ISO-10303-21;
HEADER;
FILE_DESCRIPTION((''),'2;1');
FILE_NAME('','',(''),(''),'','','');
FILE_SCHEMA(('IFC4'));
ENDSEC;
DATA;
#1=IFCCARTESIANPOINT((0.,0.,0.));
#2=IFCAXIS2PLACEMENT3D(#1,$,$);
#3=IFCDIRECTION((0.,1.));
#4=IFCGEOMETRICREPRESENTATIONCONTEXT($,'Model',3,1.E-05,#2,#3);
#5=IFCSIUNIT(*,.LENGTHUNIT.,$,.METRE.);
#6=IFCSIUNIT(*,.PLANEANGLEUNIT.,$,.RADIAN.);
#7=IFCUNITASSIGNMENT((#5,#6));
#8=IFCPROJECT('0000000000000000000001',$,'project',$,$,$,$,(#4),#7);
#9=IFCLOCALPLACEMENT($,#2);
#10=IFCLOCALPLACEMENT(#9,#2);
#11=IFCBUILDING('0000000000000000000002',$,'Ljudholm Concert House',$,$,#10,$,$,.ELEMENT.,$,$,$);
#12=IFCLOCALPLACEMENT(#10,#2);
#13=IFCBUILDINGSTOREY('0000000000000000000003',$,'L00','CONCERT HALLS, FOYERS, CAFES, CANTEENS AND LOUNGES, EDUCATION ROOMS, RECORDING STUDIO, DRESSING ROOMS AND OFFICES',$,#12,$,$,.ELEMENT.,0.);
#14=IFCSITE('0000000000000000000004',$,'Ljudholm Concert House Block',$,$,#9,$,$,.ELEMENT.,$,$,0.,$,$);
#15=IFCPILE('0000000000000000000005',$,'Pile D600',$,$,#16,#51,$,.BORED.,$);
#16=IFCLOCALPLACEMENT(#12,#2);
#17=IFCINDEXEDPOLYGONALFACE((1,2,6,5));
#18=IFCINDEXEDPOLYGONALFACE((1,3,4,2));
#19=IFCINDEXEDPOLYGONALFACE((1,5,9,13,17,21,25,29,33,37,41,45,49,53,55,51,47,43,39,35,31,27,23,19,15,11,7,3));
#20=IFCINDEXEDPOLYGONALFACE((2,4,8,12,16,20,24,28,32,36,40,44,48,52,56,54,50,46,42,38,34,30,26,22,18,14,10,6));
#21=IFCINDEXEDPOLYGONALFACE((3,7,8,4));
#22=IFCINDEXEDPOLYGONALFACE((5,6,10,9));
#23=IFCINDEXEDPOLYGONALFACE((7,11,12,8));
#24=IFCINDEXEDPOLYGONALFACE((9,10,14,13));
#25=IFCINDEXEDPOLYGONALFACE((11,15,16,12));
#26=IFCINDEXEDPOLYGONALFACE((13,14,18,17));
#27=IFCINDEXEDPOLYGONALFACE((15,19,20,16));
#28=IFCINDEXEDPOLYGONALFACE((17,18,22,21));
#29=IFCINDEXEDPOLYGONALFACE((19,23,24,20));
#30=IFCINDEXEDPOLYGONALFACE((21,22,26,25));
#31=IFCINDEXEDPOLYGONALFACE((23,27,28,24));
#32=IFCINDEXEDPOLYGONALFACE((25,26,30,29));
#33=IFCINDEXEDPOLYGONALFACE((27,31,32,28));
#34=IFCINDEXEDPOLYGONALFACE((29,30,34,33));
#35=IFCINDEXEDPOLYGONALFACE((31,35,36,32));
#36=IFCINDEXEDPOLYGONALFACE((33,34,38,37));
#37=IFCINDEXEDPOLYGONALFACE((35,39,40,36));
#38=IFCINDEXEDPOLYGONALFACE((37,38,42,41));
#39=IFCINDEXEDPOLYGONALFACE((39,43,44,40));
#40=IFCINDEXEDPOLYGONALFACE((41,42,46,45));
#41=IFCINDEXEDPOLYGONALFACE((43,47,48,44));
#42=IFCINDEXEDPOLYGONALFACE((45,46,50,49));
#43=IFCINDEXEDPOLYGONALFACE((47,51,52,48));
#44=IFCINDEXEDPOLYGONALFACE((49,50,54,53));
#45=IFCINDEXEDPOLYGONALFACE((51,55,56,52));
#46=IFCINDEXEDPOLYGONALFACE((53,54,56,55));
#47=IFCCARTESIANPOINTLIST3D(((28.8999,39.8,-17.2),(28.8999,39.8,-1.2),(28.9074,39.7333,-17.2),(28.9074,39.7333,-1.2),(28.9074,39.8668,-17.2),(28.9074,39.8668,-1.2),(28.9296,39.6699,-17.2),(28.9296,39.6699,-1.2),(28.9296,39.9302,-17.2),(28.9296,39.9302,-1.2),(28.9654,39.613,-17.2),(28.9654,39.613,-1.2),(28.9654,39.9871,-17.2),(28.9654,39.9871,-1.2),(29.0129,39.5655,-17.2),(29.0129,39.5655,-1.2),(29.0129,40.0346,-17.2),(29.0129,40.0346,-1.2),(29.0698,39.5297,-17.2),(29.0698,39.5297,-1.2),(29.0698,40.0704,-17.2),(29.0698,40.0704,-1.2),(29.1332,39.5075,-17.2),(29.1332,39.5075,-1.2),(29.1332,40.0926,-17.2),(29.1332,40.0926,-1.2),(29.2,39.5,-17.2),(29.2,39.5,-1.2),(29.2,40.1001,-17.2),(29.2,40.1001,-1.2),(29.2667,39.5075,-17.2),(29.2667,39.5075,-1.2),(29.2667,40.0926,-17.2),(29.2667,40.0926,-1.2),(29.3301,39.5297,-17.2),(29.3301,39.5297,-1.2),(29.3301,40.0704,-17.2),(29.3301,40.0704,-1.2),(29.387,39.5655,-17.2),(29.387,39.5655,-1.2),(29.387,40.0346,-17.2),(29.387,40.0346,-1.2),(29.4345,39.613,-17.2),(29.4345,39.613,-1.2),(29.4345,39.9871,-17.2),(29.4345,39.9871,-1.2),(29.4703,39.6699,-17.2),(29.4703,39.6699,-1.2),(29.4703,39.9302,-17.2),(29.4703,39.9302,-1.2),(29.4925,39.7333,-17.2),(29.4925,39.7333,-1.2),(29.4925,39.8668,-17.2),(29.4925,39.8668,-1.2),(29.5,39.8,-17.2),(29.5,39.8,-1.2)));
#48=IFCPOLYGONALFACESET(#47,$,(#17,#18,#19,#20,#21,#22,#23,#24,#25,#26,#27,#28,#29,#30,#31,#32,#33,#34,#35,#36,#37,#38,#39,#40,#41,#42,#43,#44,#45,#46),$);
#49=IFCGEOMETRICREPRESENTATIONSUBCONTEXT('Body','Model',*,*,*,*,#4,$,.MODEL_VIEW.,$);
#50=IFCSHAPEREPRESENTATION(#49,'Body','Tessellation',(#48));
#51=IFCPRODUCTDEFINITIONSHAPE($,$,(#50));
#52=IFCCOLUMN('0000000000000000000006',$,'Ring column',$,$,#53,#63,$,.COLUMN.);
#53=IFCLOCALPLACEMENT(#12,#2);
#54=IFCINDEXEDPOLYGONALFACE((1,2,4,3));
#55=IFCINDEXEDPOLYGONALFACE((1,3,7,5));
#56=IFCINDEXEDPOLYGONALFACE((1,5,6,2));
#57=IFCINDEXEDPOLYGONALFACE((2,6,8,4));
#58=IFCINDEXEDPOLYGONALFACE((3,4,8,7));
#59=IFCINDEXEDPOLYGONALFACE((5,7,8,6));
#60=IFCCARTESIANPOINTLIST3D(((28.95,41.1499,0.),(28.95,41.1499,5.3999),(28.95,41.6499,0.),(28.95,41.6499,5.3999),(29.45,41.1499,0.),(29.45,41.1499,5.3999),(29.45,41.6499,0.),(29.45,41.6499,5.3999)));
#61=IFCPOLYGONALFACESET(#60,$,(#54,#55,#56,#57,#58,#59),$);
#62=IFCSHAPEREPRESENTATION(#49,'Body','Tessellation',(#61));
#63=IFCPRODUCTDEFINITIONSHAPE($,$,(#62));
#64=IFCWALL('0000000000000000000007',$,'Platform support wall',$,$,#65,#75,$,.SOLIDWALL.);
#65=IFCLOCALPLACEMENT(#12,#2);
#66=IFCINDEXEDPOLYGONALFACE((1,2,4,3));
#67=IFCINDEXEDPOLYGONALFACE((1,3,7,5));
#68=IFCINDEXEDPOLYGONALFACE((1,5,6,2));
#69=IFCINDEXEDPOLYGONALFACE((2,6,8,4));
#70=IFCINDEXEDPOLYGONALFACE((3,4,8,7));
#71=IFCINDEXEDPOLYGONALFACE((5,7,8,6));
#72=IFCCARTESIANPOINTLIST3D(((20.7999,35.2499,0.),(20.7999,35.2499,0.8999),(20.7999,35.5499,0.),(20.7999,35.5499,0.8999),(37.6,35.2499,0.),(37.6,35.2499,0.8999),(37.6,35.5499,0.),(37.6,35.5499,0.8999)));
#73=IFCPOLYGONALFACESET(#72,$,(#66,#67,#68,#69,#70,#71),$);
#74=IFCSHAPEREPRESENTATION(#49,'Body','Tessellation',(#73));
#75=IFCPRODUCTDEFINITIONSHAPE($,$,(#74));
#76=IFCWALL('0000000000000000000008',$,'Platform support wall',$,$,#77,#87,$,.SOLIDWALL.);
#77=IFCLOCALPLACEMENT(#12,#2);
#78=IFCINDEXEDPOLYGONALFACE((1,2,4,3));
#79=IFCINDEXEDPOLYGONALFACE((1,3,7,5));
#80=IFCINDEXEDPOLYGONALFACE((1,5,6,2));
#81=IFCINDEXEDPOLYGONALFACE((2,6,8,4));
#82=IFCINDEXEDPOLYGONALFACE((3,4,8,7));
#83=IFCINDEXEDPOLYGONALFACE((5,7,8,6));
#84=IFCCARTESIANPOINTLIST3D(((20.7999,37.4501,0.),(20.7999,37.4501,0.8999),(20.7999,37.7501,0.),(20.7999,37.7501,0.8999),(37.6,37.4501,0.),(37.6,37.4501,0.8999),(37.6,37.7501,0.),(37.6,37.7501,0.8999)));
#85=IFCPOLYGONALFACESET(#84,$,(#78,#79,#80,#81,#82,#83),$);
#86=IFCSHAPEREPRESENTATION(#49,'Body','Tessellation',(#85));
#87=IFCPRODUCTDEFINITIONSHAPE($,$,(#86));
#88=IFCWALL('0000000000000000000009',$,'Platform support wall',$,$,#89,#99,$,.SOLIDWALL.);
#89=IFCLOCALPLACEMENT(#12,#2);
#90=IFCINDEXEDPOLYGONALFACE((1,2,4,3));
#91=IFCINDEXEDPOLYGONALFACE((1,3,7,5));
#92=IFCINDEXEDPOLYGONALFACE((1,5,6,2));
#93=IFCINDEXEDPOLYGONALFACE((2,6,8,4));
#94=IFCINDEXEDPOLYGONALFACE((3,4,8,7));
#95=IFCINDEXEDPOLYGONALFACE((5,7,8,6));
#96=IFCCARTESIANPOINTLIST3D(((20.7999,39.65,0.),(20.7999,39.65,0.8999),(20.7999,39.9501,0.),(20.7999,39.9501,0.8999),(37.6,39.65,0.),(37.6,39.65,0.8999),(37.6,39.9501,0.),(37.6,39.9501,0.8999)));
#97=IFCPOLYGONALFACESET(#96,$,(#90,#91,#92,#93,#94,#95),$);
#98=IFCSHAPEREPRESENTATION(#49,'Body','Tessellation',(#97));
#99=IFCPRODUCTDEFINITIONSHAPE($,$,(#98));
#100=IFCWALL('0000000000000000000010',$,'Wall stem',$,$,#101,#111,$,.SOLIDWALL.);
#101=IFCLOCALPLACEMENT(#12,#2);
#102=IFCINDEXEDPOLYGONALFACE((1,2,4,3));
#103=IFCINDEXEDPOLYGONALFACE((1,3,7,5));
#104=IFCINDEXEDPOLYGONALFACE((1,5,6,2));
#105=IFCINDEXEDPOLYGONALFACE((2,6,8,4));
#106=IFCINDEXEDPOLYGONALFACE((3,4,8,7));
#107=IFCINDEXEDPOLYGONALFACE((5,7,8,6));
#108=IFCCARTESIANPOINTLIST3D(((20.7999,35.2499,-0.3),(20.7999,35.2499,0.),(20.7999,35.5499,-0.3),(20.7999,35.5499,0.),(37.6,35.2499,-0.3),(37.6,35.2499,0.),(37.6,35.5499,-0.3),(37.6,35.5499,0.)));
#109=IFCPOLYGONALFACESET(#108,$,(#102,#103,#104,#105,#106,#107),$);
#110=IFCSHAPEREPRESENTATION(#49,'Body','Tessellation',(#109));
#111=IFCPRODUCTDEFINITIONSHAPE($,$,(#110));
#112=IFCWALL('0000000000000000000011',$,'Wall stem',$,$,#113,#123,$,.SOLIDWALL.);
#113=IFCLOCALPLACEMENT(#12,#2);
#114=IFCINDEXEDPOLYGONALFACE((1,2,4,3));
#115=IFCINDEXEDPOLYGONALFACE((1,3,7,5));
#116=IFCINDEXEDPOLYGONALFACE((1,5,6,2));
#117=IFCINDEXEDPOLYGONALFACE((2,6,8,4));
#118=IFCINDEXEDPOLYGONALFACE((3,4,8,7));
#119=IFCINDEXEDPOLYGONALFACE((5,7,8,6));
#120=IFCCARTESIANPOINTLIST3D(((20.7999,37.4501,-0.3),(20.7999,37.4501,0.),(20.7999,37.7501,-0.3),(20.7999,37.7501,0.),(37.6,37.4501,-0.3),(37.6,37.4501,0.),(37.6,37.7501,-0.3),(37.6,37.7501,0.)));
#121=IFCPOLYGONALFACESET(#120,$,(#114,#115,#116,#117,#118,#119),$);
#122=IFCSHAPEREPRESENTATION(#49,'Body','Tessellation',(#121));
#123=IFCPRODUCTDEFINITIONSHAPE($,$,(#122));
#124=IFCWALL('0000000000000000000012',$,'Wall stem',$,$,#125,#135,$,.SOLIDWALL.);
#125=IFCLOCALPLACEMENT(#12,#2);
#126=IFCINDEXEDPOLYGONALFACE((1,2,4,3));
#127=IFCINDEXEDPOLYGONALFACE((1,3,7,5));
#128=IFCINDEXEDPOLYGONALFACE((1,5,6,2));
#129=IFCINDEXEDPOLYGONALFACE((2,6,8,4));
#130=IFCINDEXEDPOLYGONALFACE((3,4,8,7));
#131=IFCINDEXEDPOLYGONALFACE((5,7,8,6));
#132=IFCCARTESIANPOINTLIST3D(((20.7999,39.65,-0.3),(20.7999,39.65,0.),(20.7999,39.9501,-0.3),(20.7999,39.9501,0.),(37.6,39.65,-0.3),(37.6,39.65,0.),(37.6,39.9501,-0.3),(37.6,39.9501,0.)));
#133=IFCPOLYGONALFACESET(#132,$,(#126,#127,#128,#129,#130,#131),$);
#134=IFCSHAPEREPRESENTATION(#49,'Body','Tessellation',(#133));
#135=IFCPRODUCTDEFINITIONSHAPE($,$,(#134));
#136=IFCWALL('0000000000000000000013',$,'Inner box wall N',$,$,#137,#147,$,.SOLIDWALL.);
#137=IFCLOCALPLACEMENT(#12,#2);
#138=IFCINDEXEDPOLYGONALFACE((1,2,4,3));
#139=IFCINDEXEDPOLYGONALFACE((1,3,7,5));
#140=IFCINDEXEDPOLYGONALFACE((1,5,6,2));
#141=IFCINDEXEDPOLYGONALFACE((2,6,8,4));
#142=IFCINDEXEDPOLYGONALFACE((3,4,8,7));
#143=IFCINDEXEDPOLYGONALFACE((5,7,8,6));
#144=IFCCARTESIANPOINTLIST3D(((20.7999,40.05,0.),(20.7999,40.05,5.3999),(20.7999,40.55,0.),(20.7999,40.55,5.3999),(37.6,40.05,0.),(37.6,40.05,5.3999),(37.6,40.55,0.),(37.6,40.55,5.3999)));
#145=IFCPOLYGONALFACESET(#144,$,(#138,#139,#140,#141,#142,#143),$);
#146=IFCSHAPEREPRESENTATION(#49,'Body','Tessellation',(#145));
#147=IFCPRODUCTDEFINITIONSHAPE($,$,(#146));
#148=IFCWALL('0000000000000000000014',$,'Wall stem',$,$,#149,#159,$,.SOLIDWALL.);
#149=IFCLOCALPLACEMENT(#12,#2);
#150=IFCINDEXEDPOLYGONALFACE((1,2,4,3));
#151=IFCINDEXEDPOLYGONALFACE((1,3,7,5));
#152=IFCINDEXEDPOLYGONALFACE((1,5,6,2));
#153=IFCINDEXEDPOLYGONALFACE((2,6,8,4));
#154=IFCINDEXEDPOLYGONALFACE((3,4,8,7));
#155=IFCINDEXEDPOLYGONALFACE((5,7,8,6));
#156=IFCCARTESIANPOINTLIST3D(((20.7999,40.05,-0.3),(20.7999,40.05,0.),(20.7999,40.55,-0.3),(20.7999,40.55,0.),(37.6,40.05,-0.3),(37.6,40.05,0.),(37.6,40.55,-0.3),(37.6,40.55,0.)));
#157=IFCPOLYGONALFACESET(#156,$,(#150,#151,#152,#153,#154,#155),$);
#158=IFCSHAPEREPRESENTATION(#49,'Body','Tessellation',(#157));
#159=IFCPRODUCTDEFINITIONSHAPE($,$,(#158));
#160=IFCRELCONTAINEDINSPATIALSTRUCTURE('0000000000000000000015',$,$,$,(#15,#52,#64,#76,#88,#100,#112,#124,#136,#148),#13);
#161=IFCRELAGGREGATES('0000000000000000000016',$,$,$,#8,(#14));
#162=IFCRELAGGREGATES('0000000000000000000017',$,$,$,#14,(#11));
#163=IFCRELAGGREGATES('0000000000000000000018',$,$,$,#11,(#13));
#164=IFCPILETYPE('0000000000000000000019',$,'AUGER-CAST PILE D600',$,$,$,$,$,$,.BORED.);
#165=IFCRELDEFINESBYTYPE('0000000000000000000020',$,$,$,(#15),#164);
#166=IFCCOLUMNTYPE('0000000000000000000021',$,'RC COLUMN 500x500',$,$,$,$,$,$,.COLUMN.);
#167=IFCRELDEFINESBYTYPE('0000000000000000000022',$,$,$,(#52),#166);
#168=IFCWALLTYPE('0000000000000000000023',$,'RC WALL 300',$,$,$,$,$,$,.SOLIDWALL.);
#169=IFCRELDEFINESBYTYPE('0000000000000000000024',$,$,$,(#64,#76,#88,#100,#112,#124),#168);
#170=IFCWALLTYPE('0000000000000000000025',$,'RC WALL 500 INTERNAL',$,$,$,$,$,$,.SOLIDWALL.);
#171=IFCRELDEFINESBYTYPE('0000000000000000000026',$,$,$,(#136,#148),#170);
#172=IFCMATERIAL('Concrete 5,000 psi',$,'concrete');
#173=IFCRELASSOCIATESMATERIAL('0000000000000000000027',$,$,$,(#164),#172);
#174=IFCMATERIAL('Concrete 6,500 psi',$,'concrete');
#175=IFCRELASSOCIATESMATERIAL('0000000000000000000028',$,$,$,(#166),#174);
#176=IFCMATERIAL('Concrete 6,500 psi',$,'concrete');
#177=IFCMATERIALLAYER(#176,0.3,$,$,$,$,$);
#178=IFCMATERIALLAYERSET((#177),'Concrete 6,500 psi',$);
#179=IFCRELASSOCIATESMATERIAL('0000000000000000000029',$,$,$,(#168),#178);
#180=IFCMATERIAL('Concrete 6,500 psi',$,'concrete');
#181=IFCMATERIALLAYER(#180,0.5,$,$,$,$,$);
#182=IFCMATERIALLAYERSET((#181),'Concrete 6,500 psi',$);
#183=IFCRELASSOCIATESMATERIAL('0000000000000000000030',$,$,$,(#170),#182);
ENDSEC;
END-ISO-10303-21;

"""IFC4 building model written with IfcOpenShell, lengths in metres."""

from ifc_helpers import new_model, si_unit, direction, frame, frame_2d, origin, origin_2d, place, context, subcontext, project, spatial, rectangle, circle, extrude, material, layer, layer_set, material_profile, profile_set, type_object, element, save


model = new_model("IFC4")

# Units and contexts
model_context = context("Model", 3, precision=1e-05, world=origin(), true_north=direction((0.0, 1.0)))
body_context = subcontext(model_context, "Body", "Model", "MODEL_VIEW")
ifc_project = project(units=[si_unit("LENGTHUNIT", "METRE"), si_unit("PLANEANGLEUNIT", "RADIAN")], contexts=[model_context])

# Site, building, storey
site_placement = place(None, origin())
site = spatial("IfcSite", under=ifc_project, at=site_placement, Name="Ljudholm Concert House Block", CompositionType="ELEMENT", RefElevation=0.0)
building_placement = place(site_placement, origin())
building = spatial("IfcBuilding", under=site, at=building_placement, Name="Ljudholm Concert House", CompositionType="ELEMENT")
storey_placement = place(building_placement, origin())
storey = spatial("IfcBuildingStorey", under=building, at=storey_placement, Name="L00", Description="CONCERT HALLS, FOYERS, CAFES, CANTEENS AND LOUNGES, EDUCATION ROOMS, RECORDING STUDIO, DRESSING ROOMS AND OFFICES", CompositionType="ELEMENT", Elevation=0.0)

# Pile
ifc_material_1 = material(Name="Concrete 5,000 psi", Category="concrete")
ifc_material_profile_1 = material_profile(ifc_material_1, circle(Radius=0.3, at=origin_2d()), Name="AUGER-CAST PILE D600")
ifc_profile_set_1 = profile_set([ifc_material_profile_1], Name="Concrete 5,000 psi")
pile_type = type_object("IfcPileType", Name="AUGER-CAST PILE D600", PredefinedType="BORED", material=ifc_profile_set_1)
for number, where, z_axis, x_axis, name in (
    (1, (29.2, 39.8, -1.2), (0.0, 0.0, -1.0), (1.0, 0.0, 0.0), "Pile D600"),
):
    element("IfcPile", number, at=place(storey_placement, frame(where, z_axis=z_axis, x_axis=x_axis)), inside=storey, type_object=pile_type, Name=name, PredefinedType="BORED", context=body_context, shape_type="SweptSolid", body=[
        extrude(circle(Radius=0.3, at=origin_2d()), origin(), (0.0, 0.0, 1.0), 16.0),
    ])

# Column
ifc_material_2 = material(Name="Concrete 6,500 psi", Category="concrete")
ifc_material_profile_2 = material_profile(ifc_material_2, rectangle(XDim=0.5, YDim=0.5, at=origin_2d()), Name="RC COLUMN 500x500")
ifc_profile_set_2 = profile_set([ifc_material_profile_2], Name="Concrete 6,500 psi")
column_type = type_object("IfcColumnType", Name="RC COLUMN 500x500", PredefinedType="COLUMN", material=ifc_profile_set_2)
column_placement = place(storey_placement, frame((29.2, 41.3999, 0.0), z_axis=(0.0, 0.0, 1.0), x_axis=(1.0, 0.0, 0.0)))
element("IfcColumn", 2, at=column_placement, inside=storey, type_object=column_type, Name="Ring column", PredefinedType="COLUMN", context=body_context, shape_type="SweptSolid", body=[
    extrude(rectangle(XDim=0.5, YDim=0.5, at=origin_2d()), origin(), (0.0, 0.0, 1.0), 5.3999),
])

# Walls
ifc_material_3 = material(Name="Concrete 6,500 psi", Category="concrete")
ifc_layer_1 = layer(ifc_material_3, 0.3)
ifc_layer_set_1 = layer_set([ifc_layer_1], Name="Concrete 6,500 psi")
wall_type_1 = type_object("IfcWallType", Name="RC WALL 300", PredefinedType="SOLIDWALL", material=ifc_layer_set_1)
for number, where, z_axis, x_axis, name in (
    (3, (20.8, 35.3999, 0.0), (0.0, 0.0, 1.0), (1.0, 0.0, 0.0), "Platform support wall"),
    (4, (20.8, 37.6001, 0.0), (0.0, 0.0, 1.0), (1.0, 0.0, 0.0), "Platform support wall"),
    (5, (20.8, 39.8, 0.0), (0.0, 0.0, 1.0), (1.0, 0.0, 0.0), "Platform support wall"),
):
    element("IfcWall", number, at=place(storey_placement, frame(where, z_axis=z_axis, x_axis=x_axis)), inside=storey, type_object=wall_type_1, Name=name, PredefinedType="SOLIDWALL", context=body_context, shape_type="SweptSolid", body=[
        extrude(rectangle(XDim=16.8, YDim=0.3, at=frame_2d((8.3999, 0.0))), origin(), (0.0, 0.0, 1.0), 0.8999),
    ])
for number, where, z_axis, x_axis, name in (
    (6, (20.8, 35.3999, -0.3), (0.0, 0.0, 1.0), (1.0, 0.0, 0.0), "Wall stem"),
    (7, (20.8, 37.6001, -0.3), (0.0, 0.0, 1.0), (1.0, 0.0, 0.0), "Wall stem"),
    (8, (20.8, 39.8, -0.3), (0.0, 0.0, 1.0), (1.0, 0.0, 0.0), "Wall stem"),
):
    element("IfcWall", number, at=place(storey_placement, frame(where, z_axis=z_axis, x_axis=x_axis)), inside=storey, type_object=wall_type_1, Name=name, PredefinedType="SOLIDWALL", context=body_context, shape_type="SweptSolid", body=[
        extrude(rectangle(XDim=16.8, YDim=0.3, at=frame_2d((8.3999, 0.0))), origin(), (0.0, 0.0, 1.0), 0.3),
    ])
ifc_material_4 = material(Name="Concrete 6,500 psi", Category="concrete")
ifc_layer_2 = layer(ifc_material_4, 0.5)
ifc_layer_set_2 = layer_set([ifc_layer_2], Name="Concrete 6,500 psi")
wall_type_2 = type_object("IfcWallType", Name="RC WALL 500 INTERNAL", PredefinedType="SOLIDWALL", material=ifc_layer_set_2)
wall_1_placement = place(storey_placement, frame((20.8, 40.3, 0.0), z_axis=(0.0, 0.0, 1.0), x_axis=(1.0, 0.0, 0.0)))
element("IfcWall", 9, at=wall_1_placement, inside=storey, type_object=wall_type_2, Name="Inner box wall N", PredefinedType="SOLIDWALL", context=body_context, shape_type="SweptSolid", body=[
    extrude(rectangle(XDim=16.8, YDim=0.5, at=frame_2d((8.3999, 0.0))), origin(), (0.0, 0.0, 1.0), 5.3999),
])
wall_2_placement = place(storey_placement, frame((20.8, 40.3, -0.3), z_axis=(0.0, 0.0, 1.0), x_axis=(1.0, 0.0, 0.0)))
element("IfcWall", 10, at=wall_2_placement, inside=storey, type_object=wall_type_2, Name="Wall stem", PredefinedType="SOLIDWALL", context=body_context, shape_type="SweptSolid", body=[
    extrude(rectangle(XDim=16.8, YDim=0.5, at=frame_2d((8.3999, 0.0))), origin(), (0.0, 0.0, 1.0), 0.3),
])

save(model, "model.ifc")
